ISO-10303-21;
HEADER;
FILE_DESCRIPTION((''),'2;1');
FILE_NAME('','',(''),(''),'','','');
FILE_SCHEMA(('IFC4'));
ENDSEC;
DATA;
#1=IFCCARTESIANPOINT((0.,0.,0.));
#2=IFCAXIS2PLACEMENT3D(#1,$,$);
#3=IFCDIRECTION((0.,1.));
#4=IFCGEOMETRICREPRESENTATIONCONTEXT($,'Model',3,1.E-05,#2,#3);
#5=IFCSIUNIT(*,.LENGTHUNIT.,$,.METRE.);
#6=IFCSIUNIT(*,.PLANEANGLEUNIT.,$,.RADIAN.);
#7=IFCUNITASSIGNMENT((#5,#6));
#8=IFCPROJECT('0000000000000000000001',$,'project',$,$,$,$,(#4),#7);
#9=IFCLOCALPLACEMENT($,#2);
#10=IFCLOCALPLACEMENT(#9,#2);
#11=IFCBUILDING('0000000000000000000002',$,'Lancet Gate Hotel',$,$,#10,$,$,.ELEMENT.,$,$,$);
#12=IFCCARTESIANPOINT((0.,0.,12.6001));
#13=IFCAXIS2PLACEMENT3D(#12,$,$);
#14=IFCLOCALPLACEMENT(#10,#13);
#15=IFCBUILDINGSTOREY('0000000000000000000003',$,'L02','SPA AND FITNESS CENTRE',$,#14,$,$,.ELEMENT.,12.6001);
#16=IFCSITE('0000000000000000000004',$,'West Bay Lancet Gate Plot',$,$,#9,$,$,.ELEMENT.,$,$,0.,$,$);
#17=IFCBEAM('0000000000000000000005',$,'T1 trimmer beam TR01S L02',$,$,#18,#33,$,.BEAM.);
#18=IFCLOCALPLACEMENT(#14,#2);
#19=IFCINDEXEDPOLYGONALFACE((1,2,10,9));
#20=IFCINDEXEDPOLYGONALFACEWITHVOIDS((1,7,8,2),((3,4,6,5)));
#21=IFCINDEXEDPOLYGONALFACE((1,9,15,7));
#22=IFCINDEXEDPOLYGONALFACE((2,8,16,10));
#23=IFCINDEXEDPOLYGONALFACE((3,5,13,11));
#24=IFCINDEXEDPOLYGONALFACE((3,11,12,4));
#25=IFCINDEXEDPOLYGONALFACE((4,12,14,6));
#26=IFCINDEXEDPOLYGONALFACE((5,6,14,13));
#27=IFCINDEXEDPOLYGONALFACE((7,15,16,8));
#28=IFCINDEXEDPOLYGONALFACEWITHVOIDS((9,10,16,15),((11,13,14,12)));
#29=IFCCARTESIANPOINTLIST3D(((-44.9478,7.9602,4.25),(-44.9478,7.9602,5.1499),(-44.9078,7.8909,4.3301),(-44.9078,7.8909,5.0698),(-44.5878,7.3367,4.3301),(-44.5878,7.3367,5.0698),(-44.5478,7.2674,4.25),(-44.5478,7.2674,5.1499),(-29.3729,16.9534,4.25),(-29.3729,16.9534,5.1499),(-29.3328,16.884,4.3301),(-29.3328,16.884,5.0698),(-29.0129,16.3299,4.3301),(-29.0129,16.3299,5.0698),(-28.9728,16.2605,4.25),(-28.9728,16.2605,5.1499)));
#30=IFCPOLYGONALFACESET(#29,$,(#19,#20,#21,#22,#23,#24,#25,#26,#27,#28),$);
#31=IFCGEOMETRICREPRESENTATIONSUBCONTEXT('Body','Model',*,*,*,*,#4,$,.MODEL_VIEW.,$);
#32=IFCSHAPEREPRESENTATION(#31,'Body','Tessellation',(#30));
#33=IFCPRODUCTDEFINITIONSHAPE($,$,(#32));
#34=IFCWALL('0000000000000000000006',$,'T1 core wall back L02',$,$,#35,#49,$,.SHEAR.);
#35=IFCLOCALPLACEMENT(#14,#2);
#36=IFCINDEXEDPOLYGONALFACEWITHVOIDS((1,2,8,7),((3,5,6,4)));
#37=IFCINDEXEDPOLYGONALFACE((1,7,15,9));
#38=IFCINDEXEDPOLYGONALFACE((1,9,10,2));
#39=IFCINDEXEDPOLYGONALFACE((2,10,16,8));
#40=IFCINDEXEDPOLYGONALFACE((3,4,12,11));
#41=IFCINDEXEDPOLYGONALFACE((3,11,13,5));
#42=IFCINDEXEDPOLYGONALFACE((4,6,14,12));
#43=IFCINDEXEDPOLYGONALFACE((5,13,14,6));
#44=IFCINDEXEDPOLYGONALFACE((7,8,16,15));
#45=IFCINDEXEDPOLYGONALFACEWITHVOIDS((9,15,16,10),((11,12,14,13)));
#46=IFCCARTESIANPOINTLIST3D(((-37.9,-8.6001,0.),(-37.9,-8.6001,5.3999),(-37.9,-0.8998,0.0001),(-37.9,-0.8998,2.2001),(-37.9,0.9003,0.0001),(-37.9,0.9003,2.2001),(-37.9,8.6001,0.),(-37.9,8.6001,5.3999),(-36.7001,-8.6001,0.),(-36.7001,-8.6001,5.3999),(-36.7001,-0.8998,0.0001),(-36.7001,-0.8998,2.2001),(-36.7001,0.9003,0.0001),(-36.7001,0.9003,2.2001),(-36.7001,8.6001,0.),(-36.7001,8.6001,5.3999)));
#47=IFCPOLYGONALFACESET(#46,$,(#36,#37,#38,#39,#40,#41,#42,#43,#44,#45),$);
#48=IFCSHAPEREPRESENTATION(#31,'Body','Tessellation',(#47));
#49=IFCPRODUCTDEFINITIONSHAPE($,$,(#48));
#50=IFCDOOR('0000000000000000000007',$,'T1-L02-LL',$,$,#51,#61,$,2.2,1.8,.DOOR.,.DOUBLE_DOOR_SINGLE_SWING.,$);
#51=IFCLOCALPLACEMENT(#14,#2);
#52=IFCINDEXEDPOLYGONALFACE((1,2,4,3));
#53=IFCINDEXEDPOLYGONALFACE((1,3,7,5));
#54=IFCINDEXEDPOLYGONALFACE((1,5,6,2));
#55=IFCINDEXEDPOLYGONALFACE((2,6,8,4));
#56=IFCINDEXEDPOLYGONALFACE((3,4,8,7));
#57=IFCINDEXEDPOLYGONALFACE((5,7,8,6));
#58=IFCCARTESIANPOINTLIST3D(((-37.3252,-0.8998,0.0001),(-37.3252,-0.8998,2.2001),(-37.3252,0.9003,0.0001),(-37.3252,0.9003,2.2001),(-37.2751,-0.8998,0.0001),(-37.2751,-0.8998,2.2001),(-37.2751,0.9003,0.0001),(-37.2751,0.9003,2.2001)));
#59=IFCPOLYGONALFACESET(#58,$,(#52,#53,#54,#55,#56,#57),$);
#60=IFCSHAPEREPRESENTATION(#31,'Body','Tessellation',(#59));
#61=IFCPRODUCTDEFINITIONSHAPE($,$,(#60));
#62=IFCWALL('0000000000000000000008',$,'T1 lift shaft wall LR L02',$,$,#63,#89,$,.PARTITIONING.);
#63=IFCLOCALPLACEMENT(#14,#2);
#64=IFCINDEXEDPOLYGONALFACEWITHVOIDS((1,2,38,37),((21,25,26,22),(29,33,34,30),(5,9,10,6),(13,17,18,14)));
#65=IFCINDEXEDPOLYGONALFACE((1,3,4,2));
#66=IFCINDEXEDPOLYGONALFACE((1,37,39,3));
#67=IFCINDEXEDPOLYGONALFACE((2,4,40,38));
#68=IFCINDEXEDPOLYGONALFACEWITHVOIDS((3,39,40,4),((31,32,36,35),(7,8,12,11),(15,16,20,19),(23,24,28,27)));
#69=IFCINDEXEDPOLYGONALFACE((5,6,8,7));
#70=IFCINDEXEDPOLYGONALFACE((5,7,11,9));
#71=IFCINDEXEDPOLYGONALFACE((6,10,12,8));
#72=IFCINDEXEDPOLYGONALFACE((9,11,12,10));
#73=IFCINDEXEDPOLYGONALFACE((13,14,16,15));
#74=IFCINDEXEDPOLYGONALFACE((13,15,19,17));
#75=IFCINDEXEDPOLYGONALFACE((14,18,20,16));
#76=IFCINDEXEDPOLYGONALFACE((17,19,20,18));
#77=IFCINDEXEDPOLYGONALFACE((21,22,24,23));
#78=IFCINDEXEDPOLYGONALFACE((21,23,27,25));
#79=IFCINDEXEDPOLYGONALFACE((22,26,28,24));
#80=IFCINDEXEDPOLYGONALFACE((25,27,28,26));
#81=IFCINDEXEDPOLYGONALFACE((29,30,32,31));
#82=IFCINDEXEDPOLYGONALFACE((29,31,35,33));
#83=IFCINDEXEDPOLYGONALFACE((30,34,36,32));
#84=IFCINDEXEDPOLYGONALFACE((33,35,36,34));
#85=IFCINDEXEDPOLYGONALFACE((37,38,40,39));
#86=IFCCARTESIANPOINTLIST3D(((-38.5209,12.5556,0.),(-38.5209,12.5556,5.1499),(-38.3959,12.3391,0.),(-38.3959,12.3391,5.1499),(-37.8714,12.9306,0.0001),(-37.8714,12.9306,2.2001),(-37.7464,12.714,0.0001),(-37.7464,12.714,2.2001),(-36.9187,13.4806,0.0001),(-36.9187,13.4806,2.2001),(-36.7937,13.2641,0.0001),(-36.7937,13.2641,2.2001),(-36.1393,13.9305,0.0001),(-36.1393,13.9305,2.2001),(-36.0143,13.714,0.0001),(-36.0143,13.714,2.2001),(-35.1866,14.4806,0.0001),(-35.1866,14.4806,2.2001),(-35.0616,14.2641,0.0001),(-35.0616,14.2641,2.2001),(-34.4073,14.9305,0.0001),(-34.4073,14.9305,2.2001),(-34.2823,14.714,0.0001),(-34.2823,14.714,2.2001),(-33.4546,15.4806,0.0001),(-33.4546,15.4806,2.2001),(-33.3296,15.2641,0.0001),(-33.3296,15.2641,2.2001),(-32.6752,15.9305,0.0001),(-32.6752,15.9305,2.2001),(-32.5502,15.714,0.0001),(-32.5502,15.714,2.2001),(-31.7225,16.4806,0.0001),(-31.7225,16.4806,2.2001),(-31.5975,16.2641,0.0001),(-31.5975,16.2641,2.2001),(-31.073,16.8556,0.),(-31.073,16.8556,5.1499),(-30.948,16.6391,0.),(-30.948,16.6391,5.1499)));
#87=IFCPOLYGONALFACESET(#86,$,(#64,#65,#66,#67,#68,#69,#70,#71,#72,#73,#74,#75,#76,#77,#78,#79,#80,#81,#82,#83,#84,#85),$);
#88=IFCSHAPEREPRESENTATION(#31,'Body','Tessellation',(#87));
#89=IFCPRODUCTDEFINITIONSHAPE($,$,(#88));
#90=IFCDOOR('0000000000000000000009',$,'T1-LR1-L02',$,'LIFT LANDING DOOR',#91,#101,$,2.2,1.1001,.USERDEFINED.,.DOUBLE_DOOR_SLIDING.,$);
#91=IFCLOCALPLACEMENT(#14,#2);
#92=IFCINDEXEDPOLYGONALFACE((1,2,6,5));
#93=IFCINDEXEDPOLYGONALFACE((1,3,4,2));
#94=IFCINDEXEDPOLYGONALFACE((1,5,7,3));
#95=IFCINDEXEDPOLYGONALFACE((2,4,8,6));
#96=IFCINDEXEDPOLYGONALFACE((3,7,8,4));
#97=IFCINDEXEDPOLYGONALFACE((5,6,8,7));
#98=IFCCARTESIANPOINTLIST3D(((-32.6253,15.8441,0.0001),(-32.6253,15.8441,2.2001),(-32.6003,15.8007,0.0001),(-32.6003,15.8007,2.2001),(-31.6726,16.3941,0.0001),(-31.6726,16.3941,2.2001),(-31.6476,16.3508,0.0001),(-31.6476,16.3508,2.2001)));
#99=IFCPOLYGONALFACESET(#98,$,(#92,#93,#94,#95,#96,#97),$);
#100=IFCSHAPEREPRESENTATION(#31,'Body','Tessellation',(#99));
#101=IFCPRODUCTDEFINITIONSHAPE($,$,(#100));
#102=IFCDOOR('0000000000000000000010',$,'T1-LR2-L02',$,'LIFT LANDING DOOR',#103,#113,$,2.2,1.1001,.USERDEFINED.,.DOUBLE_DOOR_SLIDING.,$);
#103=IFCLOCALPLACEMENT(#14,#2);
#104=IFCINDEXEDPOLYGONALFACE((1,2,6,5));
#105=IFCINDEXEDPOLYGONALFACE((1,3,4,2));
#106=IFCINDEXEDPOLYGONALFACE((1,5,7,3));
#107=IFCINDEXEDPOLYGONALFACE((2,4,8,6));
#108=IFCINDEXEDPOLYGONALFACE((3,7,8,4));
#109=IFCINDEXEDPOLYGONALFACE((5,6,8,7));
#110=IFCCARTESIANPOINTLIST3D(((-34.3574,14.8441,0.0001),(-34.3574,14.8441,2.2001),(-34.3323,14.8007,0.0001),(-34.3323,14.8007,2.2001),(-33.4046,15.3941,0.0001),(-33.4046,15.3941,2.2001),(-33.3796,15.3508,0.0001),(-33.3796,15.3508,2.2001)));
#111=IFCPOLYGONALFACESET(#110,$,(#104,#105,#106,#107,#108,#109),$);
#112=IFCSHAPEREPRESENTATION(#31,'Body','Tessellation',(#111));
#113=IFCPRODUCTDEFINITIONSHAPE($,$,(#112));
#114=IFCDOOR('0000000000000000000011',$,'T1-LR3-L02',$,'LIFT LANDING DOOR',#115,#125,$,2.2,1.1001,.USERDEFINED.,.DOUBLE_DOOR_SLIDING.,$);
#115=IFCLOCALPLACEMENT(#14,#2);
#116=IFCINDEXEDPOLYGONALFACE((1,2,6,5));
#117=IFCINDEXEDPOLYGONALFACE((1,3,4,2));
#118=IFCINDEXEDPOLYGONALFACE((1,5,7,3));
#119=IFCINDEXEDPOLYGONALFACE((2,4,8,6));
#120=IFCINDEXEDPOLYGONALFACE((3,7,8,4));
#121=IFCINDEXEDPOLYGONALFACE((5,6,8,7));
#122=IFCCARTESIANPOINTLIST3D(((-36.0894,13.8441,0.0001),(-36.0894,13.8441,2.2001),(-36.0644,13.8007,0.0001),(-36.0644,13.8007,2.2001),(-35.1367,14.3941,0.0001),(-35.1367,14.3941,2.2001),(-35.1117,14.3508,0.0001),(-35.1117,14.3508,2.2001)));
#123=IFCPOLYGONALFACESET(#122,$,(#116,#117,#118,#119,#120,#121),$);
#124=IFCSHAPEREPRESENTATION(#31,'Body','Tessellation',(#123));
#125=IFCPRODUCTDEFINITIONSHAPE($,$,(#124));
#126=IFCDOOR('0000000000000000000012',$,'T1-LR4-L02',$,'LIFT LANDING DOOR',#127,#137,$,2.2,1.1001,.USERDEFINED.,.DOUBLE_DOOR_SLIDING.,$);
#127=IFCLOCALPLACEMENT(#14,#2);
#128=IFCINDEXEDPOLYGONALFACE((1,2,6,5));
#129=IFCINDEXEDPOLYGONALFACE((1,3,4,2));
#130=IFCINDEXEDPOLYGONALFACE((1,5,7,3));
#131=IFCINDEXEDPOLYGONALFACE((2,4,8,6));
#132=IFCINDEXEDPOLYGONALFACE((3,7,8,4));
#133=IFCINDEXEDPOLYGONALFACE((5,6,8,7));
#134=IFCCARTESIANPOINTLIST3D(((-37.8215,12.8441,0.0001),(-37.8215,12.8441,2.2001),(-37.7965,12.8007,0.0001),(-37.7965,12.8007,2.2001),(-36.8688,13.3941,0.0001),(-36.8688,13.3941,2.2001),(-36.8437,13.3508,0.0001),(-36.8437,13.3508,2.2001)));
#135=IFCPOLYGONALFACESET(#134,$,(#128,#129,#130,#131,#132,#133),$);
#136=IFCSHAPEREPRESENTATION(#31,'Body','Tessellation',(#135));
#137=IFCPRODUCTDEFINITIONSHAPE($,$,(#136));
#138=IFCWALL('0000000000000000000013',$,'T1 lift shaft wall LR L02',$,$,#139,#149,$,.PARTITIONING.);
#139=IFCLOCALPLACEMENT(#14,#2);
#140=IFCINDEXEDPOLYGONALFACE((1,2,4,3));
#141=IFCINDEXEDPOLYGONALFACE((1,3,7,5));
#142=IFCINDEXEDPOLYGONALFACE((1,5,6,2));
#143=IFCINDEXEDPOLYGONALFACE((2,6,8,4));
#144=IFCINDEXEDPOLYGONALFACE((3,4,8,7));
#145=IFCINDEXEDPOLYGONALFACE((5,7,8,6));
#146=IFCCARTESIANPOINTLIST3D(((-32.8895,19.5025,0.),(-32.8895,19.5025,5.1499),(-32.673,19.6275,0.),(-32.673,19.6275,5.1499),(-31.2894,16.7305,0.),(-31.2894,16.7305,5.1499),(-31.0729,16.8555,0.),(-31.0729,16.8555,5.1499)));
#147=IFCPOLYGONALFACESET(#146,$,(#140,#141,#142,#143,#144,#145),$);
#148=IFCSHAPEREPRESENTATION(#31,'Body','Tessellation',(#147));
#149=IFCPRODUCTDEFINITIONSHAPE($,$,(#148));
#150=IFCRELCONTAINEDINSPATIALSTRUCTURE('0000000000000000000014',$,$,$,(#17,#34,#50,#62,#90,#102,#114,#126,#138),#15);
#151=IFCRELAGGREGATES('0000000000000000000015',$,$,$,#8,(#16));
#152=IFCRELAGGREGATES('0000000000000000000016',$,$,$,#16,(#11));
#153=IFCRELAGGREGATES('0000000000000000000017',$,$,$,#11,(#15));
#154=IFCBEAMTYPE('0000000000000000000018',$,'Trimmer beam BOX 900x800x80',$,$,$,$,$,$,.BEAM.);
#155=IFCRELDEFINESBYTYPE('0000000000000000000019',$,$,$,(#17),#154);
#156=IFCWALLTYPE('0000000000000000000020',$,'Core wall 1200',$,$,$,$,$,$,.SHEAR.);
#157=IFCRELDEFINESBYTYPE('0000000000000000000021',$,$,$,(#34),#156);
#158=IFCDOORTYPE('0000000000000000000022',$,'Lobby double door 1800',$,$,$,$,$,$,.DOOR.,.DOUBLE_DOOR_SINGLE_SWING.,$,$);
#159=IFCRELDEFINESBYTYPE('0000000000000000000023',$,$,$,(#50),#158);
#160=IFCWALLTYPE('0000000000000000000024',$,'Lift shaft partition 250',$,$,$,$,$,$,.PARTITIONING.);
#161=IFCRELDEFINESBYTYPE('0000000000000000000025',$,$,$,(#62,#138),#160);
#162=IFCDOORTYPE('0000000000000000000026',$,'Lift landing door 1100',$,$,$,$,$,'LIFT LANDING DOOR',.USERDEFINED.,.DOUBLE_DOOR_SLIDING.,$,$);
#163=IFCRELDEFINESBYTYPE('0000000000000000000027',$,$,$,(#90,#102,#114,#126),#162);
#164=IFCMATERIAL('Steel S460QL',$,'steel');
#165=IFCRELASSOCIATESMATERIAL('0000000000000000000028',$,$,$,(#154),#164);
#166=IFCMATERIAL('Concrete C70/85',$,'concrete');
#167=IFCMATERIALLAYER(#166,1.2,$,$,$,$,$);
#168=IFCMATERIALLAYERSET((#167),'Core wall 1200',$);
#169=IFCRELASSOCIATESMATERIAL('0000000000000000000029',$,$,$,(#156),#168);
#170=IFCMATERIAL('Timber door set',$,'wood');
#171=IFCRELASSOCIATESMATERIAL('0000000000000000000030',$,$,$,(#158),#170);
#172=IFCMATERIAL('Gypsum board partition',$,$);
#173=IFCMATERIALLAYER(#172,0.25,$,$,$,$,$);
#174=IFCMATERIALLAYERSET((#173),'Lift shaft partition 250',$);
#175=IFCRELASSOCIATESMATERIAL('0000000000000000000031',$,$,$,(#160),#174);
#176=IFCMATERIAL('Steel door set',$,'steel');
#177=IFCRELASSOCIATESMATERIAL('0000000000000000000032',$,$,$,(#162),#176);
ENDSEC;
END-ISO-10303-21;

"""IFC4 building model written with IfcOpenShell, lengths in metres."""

from ifc_helpers import new_model, si_unit, direction, frame, frame_2d, origin, origin_2d, place, context, subcontext, project, spatial, rectangle, hollow_rectangle, extrude, material, layer, layer_set, material_profile, profile_set, type_object, element, fill, save


model = new_model("IFC4")

# Units and contexts
model_context = context("Model", 3, precision=1e-05, world=origin(), true_north=direction((0.0, 1.0)))
body_context = subcontext(model_context, "Body", "Model", "MODEL_VIEW")
ifc_project = project(units=[si_unit("LENGTHUNIT", "METRE"), si_unit("PLANEANGLEUNIT", "RADIAN")], contexts=[model_context])

# Site, building, storey
site_placement = place(None, origin())
site = spatial("IfcSite", under=ifc_project, at=site_placement, Name="West Bay Lancet Gate Plot", CompositionType="ELEMENT", RefElevation=0.0)
building_placement = place(site_placement, origin())
building = spatial("IfcBuilding", under=site, at=building_placement, Name="Lancet Gate Hotel", CompositionType="ELEMENT")
storey_placement = place(building_placement, frame((0.0, 0.0, 12.6001)))
storey = spatial("IfcBuildingStorey", under=building, at=storey_placement, Name="L02", Description="SPA AND FITNESS CENTRE", CompositionType="ELEMENT", Elevation=12.6001)

# Beam
ifc_material_1 = material(Name="Steel S460QL", Category="steel")
ifc_material_profile_1 = material_profile(ifc_material_1, hollow_rectangle(XDim=0.8, YDim=0.8999, WallThickness=0.0801, at=origin_2d()), Name="BOX 900x800x80")
ifc_profile_set_1 = profile_set([ifc_material_profile_1], Name="Steel S460QL")
beam_type_1 = type_object("IfcBeamType", Name="Trimmer beam BOX 900x800x80", PredefinedType="BEAM", material=ifc_profile_set_1)
beam_1_placement = place(storey_placement, frame((-29.1729, 16.6069, 4.7), z_axis=(-0.866002, -0.50004, 0.0), x_axis=(0.50004, -0.866002, 0.0)))
element("IfcBeam", 1, at=beam_1_placement, inside=storey, type_object=beam_type_1, Name="T1 trimmer beam TR01S L02", PredefinedType="BEAM", context=body_context, shape_type="SweptSolid", body=[
    extrude(hollow_rectangle(XDim=0.8, YDim=0.8999, WallThickness=0.0801, at=origin_2d()), origin(), (0.0, 0.0, 1.0), 17.9849),
])

# Wall, opening, door
ifc_material_2 = material(Name="Concrete C70/85", Category="concrete")
ifc_layer_1 = layer(ifc_material_2, 1.2)
ifc_layer_set_1 = layer_set([ifc_layer_1], Name="Core wall 1200")
wall_type_1 = type_object("IfcWallType", Name="Core wall 1200", PredefinedType="SHEAR", material=ifc_layer_set_1)
wall_1_placement = place(storey_placement, frame((-37.3, 8.6001, 0.0), z_axis=(0.0, 0.0, 1.0), x_axis=(0.0, -1.0, 0.0)))
wall_1 = element("IfcWall", 2, at=wall_1_placement, inside=storey, type_object=wall_type_1, Name="T1 core wall back L02", PredefinedType="SHEAR", context=body_context, shape_type="SweptSolid", body=[
    extrude(rectangle(XDim=17.2002, YDim=1.2, at=frame_2d((8.6001, 0.0))), origin(), (0.0, 0.0, 1.0), 5.3999),
])
opening_1_placement = place(wall_1_placement, frame((7.7, 0.0, 0.0)))
opening_1 = element("IfcOpeningElement", 3, at=opening_1_placement, cuts=wall_1, PredefinedType="OPENING", context=body_context, shape_type="SweptSolid", body=[
    extrude(rectangle(XDim=1.8, YDim=2.2, at=frame_2d((0.8999, 1.1001))), frame((0.0, 0.6099, 0.0), z_axis=(0.0, -1.0, 0.0), x_axis=(1.0, 0.0, 0.0)), (0.0, 0.0, 1.0), 1.22),
])
ifc_material_3 = material(Name="Timber door set", Category="wood")
door_type_1 = type_object("IfcDoorType", Name="Lobby double door 1800", OperationType="DOUBLE_DOOR_SINGLE_SWING", PredefinedType="DOOR", material=ifc_material_3)
door_1_placement = place(opening_1_placement, origin())
door_1 = element("IfcDoor", 4, at=door_1_placement, inside=storey, type_object=door_type_1, Name="T1-L02-LL", OperationType="DOUBLE_DOOR_SINGLE_SWING", OverallHeight=2.2, OverallWidth=1.8, PredefinedType="DOOR", context=body_context, shape_type="SweptSolid", body=[
    extrude(rectangle(XDim=1.8, YDim=2.2, at=frame_2d((0.8999, 1.1001))), frame((0.0, 0.0249, 0.0), z_axis=(0.0, -1.0, 0.0), x_axis=(1.0, 0.0, 0.0)), (0.0, 0.0, 1.0), 0.05),
])
fill(opening_1, door_1)

# Wall, openings, doors
ifc_material_4 = material(Name="Gypsum board partition")
ifc_layer_2 = layer(ifc_material_4, 0.25)
ifc_layer_set_2 = layer_set([ifc_layer_2], Name="Lift shaft partition 250")
wall_type_2 = type_object("IfcWallType", Name="Lift shaft partition 250", PredefinedType="PARTITIONING", material=ifc_layer_set_2)
wall_2_placement = place(storey_placement, frame((-31.0105, 16.7473, 0.0), z_axis=(0.0, 0.0, 1.0), x_axis=(-0.866028, -0.499995, 0.0)))
wall_2 = element("IfcWall", 5, at=wall_2_placement, inside=storey, type_object=wall_type_2, Name="T1 lift shaft wall LR L02", PredefinedType="PARTITIONING", context=body_context, shape_type="SweptSolid", body=[
    extrude(rectangle(XDim=8.6001, YDim=0.25, at=frame_2d((4.3, 0.0))), origin(), (0.0, 0.0, 1.0), 5.1499),
])
opening_2_placement = place(wall_2_placement, frame((0.75, 0.0, 0.0)))
opening_2 = element("IfcOpeningElement", 6, at=opening_2_placement, cuts=wall_2, PredefinedType="OPENING", context=body_context, shape_type="SweptSolid", body=[
    extrude(rectangle(XDim=1.1001, YDim=2.2, at=frame_2d((0.55, 1.1001))), frame((0.0, 0.135, 0.0), z_axis=(0.0, -1.0, 0.0), x_axis=(1.0, 0.0, 0.0)), (0.0, 0.0, 1.0), 0.27),
])
opening_3_placement = place(wall_2_placement, frame((2.75, 0.0, 0.0)))
opening_3 = element("IfcOpeningElement", 7, at=opening_3_placement, cuts=wall_2, PredefinedType="OPENING", context=body_context, shape_type="SweptSolid", body=[
    extrude(rectangle(XDim=1.1001, YDim=2.2, at=frame_2d((0.55, 1.1001))), frame((0.0, 0.135, 0.0), z_axis=(0.0, -1.0, 0.0), x_axis=(1.0, 0.0, 0.0)), (0.0, 0.0, 1.0), 0.27),
])
opening_4_placement = place(wall_2_placement, frame((4.75, 0.0, 0.0)))
opening_4 = element("IfcOpeningElement", 8, at=opening_4_placement, cuts=wall_2, PredefinedType="OPENING", context=body_context, shape_type="SweptSolid", body=[
    extrude(rectangle(XDim=1.1001, YDim=2.2, at=frame_2d((0.55, 1.1001))), frame((0.0, 0.135, 0.0), z_axis=(0.0, -1.0, 0.0), x_axis=(1.0, 0.0, 0.0)), (0.0, 0.0, 1.0), 0.27),
])
opening_5_placement = place(wall_2_placement, frame((6.75, 0.0, 0.0)))
opening_5 = element("IfcOpeningElement", 9, at=opening_5_placement, cuts=wall_2, PredefinedType="OPENING", context=body_context, shape_type="SweptSolid", body=[
    extrude(rectangle(XDim=1.1001, YDim=2.2, at=frame_2d((0.55, 1.1001))), frame((0.0, 0.135, 0.0), z_axis=(0.0, -1.0, 0.0), x_axis=(1.0, 0.0, 0.0)), (0.0, 0.0, 1.0), 0.27),
])
ifc_material_5 = material(Name="Steel door set", Category="steel")
door_type_2 = type_object("IfcDoorType", Name="Lift landing door 1100", ElementType="LIFT LANDING DOOR", OperationType="DOUBLE_DOOR_SLIDING", PredefinedType="USERDEFINED", material=ifc_material_5)
door_2_placement = place(opening_2_placement, origin())
door_2 = element("IfcDoor", 10, at=door_2_placement, inside=storey, type_object=door_type_2, Name="T1-LR1-L02", ObjectType="LIFT LANDING DOOR", OperationType="DOUBLE_DOOR_SLIDING", OverallHeight=2.2, OverallWidth=1.1001, PredefinedType="USERDEFINED", context=body_context, shape_type="SweptSolid", body=[
    extrude(rectangle(XDim=1.1001, YDim=2.2, at=frame_2d((0.55, 1.1001))), frame((0.0, 0.0249, 0.0), z_axis=(0.0, -1.0, 0.0), x_axis=(1.0, 0.0, 0.0)), (0.0, 0.0, 1.0), 0.05),
])
fill(opening_2, door_2)
door_3_placement = place(opening_3_placement, origin())
door_3 = element("IfcDoor", 11, at=door_3_placement, inside=storey, type_object=door_type_2, Name="T1-LR2-L02", ObjectType="LIFT LANDING DOOR", OperationType="DOUBLE_DOOR_SLIDING", OverallHeight=2.2, OverallWidth=1.1001, PredefinedType="USERDEFINED", context=body_context, shape_type="SweptSolid", body=[
    extrude(rectangle(XDim=1.1001, YDim=2.2, at=frame_2d((0.55, 1.1001))), frame((0.0, 0.0249, 0.0), z_axis=(0.0, -1.0, 0.0), x_axis=(1.0, 0.0, 0.0)), (0.0, 0.0, 1.0), 0.05),
])
fill(opening_3, door_3)
door_4_placement = place(opening_4_placement, origin())
door_4 = element("IfcDoor", 12, at=door_4_placement, inside=storey, type_object=door_type_2, Name="T1-LR3-L02", ObjectType="LIFT LANDING DOOR", OperationType="DOUBLE_DOOR_SLIDING", OverallHeight=2.2, OverallWidth=1.1001, PredefinedType="USERDEFINED", context=body_context, shape_type="SweptSolid", body=[
    extrude(rectangle(XDim=1.1001, YDim=2.2, at=frame_2d((0.55, 1.1001))), frame((0.0, 0.0249, 0.0), z_axis=(0.0, -1.0, 0.0), x_axis=(1.0, 0.0, 0.0)), (0.0, 0.0, 1.0), 0.05),
])
fill(opening_4, door_4)
door_5_placement = place(opening_5_placement, origin())
door_5 = element("IfcDoor", 13, at=door_5_placement, inside=storey, type_object=door_type_2, Name="T1-LR4-L02", ObjectType="LIFT LANDING DOOR", OperationType="DOUBLE_DOOR_SLIDING", OverallHeight=2.2, OverallWidth=1.1001, PredefinedType="USERDEFINED", context=body_context, shape_type="SweptSolid", body=[
    extrude(rectangle(XDim=1.1001, YDim=2.2, at=frame_2d((0.55, 1.1001))), frame((0.0, 0.0249, 0.0), z_axis=(0.0, -1.0, 0.0), x_axis=(1.0, 0.0, 0.0)), (0.0, 0.0, 1.0), 0.05),
])
fill(opening_5, door_5)

# Wall
wall_3_placement = place(storey_placement, frame((-31.1812, 16.793, 0.0), z_axis=(0.0, 0.0, 1.0), x_axis=(-0.499929, 0.866066, 0.0)))
element("IfcWall", 14, at=wall_3_placement, inside=storey, type_object=wall_type_2, Name="T1 lift shaft wall LR L02", PredefinedType="PARTITIONING", context=body_context, shape_type="SweptSolid", body=[
    extrude(rectangle(XDim=3.2007, YDim=0.25, at=frame_2d((1.6003, 0.0))), origin(), (0.0, 0.0, 1.0), 5.1499),
])

save(model, "model.ifc")
